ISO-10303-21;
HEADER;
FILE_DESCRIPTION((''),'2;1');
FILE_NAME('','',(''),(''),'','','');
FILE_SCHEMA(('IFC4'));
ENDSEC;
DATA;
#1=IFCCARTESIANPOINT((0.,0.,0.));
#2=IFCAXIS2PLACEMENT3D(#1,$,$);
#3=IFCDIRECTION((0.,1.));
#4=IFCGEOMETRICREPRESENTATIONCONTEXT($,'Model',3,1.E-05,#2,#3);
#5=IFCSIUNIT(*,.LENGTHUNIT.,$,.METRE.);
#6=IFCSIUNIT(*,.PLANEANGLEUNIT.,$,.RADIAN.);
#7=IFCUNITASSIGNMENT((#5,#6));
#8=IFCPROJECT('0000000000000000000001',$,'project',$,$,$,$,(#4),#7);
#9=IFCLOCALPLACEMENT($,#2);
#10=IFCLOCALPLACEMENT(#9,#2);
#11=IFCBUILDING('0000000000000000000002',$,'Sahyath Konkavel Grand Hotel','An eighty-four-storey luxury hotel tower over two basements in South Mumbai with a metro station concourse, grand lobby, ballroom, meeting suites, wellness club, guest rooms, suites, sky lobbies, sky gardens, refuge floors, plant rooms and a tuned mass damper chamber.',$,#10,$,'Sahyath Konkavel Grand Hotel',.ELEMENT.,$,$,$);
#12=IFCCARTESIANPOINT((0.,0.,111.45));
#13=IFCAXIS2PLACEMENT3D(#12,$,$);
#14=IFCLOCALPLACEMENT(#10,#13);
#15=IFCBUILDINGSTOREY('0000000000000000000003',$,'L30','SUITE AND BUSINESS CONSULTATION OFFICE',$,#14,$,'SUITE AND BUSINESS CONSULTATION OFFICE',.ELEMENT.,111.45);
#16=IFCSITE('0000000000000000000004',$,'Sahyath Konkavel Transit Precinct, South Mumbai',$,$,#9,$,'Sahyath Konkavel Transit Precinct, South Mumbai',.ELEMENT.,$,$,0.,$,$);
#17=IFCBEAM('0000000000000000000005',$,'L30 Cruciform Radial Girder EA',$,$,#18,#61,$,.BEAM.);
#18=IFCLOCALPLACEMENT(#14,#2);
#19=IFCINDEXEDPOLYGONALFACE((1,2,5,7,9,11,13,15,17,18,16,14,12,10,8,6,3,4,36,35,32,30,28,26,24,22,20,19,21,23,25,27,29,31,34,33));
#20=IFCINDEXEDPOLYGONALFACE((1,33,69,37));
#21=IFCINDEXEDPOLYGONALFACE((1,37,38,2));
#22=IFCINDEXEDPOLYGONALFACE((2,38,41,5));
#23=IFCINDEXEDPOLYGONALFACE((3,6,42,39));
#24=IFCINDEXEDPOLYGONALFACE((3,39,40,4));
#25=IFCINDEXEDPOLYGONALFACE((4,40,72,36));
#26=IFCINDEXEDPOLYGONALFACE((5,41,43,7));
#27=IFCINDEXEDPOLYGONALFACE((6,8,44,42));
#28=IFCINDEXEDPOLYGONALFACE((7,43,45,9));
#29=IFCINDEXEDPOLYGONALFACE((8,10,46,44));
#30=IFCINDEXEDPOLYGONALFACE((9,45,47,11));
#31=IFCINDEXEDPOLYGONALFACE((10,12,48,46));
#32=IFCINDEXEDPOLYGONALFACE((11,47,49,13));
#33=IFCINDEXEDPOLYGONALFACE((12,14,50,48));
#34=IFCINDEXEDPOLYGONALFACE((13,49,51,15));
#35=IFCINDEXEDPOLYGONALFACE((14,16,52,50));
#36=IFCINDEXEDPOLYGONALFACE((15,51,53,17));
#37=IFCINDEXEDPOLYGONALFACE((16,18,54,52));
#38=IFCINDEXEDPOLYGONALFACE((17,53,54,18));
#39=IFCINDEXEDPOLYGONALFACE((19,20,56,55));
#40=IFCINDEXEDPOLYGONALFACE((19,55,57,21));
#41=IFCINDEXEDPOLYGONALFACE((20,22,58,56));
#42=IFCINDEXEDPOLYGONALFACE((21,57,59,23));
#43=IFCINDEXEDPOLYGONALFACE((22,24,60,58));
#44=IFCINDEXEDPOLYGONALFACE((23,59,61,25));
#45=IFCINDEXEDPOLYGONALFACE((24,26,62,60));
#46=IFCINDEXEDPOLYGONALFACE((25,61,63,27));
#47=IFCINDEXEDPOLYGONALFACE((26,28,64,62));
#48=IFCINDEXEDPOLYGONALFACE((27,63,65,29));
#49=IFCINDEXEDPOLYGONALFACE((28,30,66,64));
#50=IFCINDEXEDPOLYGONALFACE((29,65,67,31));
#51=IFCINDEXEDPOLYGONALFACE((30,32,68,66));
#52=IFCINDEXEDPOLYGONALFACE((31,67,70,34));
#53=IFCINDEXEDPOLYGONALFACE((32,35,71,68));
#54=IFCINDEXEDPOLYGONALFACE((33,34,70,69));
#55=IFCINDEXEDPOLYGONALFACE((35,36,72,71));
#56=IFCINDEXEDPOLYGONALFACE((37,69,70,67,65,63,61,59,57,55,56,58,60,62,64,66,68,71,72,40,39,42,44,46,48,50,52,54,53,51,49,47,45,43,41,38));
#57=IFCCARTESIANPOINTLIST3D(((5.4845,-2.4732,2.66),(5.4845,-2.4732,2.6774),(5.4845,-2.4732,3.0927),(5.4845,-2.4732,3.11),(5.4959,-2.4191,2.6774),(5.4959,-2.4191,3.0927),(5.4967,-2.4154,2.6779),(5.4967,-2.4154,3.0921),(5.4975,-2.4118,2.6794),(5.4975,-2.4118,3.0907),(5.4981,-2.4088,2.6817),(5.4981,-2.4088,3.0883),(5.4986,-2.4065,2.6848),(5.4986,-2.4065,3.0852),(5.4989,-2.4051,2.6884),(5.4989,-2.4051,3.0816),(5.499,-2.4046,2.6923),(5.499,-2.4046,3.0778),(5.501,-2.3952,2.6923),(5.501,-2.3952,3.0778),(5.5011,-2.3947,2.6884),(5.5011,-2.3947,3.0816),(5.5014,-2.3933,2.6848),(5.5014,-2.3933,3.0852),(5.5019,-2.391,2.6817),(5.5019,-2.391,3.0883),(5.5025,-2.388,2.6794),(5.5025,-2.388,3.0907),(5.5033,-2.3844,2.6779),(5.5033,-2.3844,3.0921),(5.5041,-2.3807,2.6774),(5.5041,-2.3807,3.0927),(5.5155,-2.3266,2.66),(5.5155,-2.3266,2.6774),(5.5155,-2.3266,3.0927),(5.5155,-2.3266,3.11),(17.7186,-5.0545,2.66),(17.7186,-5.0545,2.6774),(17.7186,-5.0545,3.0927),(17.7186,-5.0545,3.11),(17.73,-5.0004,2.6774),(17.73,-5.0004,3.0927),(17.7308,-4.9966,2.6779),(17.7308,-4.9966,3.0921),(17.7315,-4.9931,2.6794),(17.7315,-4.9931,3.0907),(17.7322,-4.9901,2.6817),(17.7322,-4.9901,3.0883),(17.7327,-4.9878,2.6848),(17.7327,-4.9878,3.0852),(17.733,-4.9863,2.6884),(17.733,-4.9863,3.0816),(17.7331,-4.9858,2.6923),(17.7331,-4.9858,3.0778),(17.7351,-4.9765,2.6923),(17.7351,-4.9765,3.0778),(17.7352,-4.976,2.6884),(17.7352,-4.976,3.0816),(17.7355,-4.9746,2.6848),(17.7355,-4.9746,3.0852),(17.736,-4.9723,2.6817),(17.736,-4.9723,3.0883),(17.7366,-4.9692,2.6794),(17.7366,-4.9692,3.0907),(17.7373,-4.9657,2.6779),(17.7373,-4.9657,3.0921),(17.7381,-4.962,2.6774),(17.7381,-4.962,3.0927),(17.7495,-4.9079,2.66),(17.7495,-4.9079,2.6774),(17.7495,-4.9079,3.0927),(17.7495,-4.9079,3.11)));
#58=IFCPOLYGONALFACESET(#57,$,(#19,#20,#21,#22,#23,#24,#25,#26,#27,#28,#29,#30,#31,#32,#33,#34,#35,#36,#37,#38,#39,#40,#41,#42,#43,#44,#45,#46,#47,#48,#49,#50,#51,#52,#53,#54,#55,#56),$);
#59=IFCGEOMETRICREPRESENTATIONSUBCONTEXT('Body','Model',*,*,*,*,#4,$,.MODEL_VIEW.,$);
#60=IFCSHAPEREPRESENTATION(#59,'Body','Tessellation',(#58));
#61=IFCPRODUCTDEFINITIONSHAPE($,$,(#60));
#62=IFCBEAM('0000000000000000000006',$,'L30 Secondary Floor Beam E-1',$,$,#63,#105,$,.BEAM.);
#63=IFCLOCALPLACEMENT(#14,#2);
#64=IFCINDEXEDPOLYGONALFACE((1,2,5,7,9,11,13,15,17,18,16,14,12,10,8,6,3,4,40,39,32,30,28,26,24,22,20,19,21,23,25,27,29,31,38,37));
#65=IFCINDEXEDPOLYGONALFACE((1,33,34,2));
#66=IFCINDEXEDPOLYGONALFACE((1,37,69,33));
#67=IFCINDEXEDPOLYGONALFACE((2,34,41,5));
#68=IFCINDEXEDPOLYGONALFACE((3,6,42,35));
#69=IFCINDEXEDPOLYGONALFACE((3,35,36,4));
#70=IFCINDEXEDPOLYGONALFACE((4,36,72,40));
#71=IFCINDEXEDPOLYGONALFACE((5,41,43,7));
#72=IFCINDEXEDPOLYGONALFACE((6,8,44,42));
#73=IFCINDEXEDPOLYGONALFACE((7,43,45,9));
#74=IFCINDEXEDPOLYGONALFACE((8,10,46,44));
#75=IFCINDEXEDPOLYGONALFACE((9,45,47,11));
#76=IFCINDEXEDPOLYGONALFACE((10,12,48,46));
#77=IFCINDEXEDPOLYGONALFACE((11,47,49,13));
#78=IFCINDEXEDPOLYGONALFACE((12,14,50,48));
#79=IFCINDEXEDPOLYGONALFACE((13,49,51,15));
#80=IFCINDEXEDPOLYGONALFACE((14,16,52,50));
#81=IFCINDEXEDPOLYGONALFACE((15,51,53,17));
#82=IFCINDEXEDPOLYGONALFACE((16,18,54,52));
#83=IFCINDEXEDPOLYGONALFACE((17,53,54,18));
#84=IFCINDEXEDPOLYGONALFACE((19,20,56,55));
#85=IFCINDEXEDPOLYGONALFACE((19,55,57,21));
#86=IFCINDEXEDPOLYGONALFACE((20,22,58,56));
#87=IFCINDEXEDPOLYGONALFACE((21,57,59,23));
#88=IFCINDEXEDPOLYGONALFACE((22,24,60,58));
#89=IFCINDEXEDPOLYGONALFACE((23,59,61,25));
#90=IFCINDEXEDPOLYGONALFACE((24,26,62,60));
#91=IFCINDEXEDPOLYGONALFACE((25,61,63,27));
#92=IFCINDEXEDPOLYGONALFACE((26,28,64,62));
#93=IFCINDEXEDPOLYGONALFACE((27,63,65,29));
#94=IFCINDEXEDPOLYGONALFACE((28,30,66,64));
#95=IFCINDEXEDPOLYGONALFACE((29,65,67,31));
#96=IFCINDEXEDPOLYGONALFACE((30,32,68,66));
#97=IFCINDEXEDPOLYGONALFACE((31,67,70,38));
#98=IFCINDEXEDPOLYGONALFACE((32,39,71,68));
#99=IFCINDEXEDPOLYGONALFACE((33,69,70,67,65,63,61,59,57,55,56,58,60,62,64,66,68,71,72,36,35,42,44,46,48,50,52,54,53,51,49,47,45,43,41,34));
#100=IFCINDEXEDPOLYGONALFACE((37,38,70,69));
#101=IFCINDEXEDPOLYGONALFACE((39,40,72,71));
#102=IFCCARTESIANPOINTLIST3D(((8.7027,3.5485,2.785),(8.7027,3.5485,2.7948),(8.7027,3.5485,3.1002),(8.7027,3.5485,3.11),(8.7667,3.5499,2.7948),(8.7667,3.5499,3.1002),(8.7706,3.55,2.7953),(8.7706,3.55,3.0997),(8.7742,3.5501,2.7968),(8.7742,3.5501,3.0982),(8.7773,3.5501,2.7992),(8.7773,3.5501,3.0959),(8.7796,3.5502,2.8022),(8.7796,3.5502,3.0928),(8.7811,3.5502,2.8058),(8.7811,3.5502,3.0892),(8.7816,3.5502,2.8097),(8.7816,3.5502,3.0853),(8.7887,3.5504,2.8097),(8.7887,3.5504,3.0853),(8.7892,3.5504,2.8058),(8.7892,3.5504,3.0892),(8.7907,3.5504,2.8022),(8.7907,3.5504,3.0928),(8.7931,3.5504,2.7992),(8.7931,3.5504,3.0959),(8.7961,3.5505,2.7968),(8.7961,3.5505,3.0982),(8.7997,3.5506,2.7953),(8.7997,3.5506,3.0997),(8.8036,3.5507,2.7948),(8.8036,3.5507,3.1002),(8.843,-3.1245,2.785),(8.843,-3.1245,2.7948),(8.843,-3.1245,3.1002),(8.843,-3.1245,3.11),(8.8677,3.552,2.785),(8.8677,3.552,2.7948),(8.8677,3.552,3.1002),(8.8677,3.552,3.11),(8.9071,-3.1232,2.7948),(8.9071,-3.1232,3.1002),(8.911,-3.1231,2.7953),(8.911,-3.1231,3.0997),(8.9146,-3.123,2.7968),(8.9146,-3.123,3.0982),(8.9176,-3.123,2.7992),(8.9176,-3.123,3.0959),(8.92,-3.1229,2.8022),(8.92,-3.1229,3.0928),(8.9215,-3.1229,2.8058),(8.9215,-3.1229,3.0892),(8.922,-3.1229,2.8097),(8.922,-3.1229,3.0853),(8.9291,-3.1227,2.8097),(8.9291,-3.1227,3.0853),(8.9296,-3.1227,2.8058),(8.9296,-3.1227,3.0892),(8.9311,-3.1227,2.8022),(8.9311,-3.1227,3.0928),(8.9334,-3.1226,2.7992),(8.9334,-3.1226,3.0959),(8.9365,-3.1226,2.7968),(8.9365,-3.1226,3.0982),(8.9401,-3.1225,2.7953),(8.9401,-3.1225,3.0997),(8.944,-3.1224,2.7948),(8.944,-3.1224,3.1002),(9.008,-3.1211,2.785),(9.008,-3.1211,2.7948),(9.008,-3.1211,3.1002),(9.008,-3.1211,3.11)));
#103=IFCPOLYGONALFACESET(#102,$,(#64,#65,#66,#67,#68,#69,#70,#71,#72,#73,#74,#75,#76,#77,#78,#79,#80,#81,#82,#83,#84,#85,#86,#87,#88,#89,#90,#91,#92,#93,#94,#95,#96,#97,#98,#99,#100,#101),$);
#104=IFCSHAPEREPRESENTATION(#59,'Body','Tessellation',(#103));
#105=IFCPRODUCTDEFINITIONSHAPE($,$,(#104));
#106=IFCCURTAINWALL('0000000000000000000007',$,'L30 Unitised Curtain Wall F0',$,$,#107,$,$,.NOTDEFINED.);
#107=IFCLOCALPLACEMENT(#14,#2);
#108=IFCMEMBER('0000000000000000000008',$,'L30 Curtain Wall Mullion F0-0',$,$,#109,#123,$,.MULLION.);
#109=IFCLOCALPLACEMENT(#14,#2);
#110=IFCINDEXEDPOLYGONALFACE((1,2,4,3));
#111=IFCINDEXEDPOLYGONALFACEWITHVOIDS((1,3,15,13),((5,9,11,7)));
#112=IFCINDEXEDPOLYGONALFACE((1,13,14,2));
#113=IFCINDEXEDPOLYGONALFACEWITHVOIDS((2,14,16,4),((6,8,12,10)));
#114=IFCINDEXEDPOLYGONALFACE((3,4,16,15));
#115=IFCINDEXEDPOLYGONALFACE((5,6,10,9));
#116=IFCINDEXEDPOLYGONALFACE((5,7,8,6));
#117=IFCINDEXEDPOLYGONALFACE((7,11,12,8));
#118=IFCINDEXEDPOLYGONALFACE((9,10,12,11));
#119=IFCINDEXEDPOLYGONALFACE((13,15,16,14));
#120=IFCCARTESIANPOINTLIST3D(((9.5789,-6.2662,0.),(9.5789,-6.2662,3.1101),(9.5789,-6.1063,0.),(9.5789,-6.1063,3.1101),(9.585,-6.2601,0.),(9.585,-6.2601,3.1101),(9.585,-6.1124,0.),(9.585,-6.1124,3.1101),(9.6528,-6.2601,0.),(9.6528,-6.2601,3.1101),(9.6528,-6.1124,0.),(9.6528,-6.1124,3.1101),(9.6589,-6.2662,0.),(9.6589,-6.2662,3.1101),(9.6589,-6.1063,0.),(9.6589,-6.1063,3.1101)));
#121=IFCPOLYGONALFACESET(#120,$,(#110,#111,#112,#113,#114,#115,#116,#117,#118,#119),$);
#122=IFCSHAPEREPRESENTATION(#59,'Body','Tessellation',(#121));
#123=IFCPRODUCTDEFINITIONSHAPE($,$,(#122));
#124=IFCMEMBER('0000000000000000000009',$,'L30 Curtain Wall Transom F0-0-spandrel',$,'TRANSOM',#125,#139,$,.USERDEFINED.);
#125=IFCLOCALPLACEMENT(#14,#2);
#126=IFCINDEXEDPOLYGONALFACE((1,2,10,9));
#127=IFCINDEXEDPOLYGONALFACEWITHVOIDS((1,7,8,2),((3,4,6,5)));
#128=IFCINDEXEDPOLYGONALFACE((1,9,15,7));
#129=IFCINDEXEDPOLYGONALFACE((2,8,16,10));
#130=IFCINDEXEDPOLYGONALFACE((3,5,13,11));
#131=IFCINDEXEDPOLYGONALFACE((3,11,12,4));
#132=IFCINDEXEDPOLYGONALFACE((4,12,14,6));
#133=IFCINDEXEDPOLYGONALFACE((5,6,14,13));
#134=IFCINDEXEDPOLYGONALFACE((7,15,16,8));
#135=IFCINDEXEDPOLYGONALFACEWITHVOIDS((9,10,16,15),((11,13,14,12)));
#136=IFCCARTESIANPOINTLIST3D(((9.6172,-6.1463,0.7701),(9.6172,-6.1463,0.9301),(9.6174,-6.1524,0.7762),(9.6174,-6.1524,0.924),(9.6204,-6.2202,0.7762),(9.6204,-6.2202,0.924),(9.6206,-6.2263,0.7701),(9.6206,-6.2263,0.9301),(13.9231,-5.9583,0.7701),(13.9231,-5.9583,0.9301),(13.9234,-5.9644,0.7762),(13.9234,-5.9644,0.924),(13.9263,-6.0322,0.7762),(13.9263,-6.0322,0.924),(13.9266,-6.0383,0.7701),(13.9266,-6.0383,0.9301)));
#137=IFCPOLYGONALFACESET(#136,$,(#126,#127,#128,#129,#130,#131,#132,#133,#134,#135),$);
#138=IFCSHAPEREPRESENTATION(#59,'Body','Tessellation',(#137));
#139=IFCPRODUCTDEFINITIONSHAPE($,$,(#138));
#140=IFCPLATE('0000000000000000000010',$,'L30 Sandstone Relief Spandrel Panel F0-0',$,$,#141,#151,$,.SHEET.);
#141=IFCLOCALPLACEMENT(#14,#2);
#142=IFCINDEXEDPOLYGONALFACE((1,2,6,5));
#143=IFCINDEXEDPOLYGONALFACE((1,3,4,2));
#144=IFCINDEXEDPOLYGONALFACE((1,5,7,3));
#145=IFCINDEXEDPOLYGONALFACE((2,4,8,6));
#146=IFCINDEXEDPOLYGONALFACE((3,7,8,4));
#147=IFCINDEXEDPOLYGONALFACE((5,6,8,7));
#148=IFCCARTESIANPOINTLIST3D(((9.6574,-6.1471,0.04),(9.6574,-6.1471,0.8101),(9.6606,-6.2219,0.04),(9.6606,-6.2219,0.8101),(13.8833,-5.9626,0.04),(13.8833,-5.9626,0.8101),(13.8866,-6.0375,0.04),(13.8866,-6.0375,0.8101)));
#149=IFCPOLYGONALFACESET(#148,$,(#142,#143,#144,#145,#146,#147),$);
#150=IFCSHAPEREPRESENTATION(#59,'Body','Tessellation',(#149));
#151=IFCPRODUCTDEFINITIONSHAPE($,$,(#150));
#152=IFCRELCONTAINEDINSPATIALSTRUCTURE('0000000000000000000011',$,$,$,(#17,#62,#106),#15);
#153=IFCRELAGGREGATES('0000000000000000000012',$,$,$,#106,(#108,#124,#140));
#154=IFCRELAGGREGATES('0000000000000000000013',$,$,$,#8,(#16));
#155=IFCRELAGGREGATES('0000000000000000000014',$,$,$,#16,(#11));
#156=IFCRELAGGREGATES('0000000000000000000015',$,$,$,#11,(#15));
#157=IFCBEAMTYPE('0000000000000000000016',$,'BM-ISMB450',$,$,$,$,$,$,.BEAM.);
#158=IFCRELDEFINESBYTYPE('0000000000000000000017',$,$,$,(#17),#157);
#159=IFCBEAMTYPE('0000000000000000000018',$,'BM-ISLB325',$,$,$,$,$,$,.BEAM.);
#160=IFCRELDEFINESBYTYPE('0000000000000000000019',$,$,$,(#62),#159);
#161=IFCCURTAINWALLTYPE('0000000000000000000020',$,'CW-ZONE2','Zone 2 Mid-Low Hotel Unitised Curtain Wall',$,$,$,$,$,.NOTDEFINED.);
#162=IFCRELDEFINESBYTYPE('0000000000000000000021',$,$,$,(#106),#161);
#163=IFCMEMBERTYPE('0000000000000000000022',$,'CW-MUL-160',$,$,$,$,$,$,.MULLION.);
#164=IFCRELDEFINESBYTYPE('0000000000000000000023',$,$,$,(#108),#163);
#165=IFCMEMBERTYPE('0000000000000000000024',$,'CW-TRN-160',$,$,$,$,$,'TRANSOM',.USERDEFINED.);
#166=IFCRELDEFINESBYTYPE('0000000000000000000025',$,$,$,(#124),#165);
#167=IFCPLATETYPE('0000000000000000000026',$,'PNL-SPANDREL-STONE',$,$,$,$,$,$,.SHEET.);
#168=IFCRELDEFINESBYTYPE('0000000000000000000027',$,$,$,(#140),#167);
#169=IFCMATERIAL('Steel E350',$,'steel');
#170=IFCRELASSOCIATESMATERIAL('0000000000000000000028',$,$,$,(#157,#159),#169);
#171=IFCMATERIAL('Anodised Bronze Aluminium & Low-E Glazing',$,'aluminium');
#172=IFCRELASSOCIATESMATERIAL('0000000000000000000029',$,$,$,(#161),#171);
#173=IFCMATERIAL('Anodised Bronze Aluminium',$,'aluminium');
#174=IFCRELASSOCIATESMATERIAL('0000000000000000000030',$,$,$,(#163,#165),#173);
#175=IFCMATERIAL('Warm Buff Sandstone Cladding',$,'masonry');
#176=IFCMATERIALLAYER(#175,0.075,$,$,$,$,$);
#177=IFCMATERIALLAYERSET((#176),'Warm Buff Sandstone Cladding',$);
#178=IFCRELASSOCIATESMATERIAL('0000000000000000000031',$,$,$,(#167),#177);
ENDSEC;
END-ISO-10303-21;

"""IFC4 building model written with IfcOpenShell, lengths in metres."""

from ifc_helpers import new_model, si_unit, direction, frame, origin, origin_2d, place, context, subcontext, project, spatial, rectangle, hollow_rectangle, i_section, extrude, source, transform, mapped, material, layer, layer_set, material_profile, profile_set, type_object, element, aggregate, save


model = new_model("IFC4")

# Units and contexts
model_context = context("Model", 3, precision=1e-05, world=origin(), true_north=direction((0.0, 1.0)))
body_context = subcontext(model_context, "Body", "Model", "MODEL_VIEW")
ifc_project = project(units=[si_unit("LENGTHUNIT", "METRE"), si_unit("PLANEANGLEUNIT", "RADIAN")], contexts=[model_context])

# Site, building, storey
site_placement = place(None, origin())
site = spatial("IfcSite", under=ifc_project, at=site_placement, Name="Sahyath Konkavel Transit Precinct, South Mumbai", LongName="Sahyath Konkavel Transit Precinct, South Mumbai", CompositionType="ELEMENT", RefElevation=0.0)
building_placement = place(site_placement, origin())
building = spatial("IfcBuilding", under=site, at=building_placement, Name="Sahyath Konkavel Grand Hotel", Description="An eighty-four-storey luxury hotel tower over two basements in South Mumbai with a metro station concourse, grand lobby, ballroom, meeting suites, wellness club, guest rooms, suites, sky lobbies, sky gardens, refuge floors, plant rooms and a tuned mass damper chamber.", LongName="Sahyath Konkavel Grand Hotel", CompositionType="ELEMENT")
storey_placement = place(building_placement, frame((0.0, 0.0, 111.45)))
storey = spatial("IfcBuildingStorey", under=building, at=storey_placement, Name="L30", Description="SUITE AND BUSINESS CONSULTATION OFFICE", LongName="SUITE AND BUSINESS CONSULTATION OFFICE", CompositionType="ELEMENT", Elevation=111.45)

# Beams
ifc_material_1 = material(Name="Steel E350", Category="steel")
ifc_material_profile_1 = material_profile(ifc_material_1, i_section(OverallWidth=0.1499, OverallDepth=0.45, WebThickness=0.0095, FlangeThickness=0.0173, FilletRadius=0.0149, at=origin_2d()), Name="ISMB 450")
ifc_profile_set_1 = profile_set([ifc_material_profile_1], Name="Steel E350")
beam_type_1 = type_object("IfcBeamType", Name="BM-ISMB450", PredefinedType="BEAM", material=ifc_profile_set_1)
shared_shape_1 = source(origin(), body_context, "Body", "SweptSolid", [
    extrude(i_section(OverallWidth=0.1499, OverallDepth=0.45, WebThickness=0.0095, FlangeThickness=0.0173, FilletRadius=0.0149, at=origin_2d()), origin(), (0.0, 0.0, 1.0), 12.5034),
])
beam_1_placement = place(storey_placement, frame((5.5, -2.3999, 2.885), z_axis=(0.978458, -0.206446, 0.0), x_axis=(0.206446, 0.978458, 0.0)))
element("IfcBeam", 1, at=beam_1_placement, inside=storey, type_object=beam_type_1, Name="L30 Cruciform Radial Girder EA", PredefinedType="BEAM", context=body_context, shape_type="MappedRepresentation", body=[
    mapped(shared_shape_1, transform((0.0, 0.0, 0.0), scale=1.0)),
])
ifc_material_profile_2 = material_profile(ifc_material_1, i_section(OverallWidth=0.165, OverallDepth=0.325, WebThickness=0.0071, FlangeThickness=0.0098, FilletRadius=0.0149, at=origin_2d()), Name="ISLB 325")
ifc_profile_set_2 = profile_set([ifc_material_profile_2], Name="Steel E350")
beam_type_2 = type_object("IfcBeamType", Name="BM-ISLB325", PredefinedType="BEAM", material=ifc_profile_set_2)
shared_shape_2 = source(origin(), body_context, "Body", "SweptSolid", [
    extrude(i_section(OverallWidth=0.165, OverallDepth=0.325, WebThickness=0.0071, FlangeThickness=0.0098, FilletRadius=0.0149, at=origin_2d()), origin(), (0.0, 0.0, 1.0), 6.6746),
])
beam_2_placement = place(storey_placement, frame((8.9255, -3.1228, 2.9475), z_axis=(-0.021032, 0.999779, 0.0), x_axis=(-0.999779, -0.021032, 0.0)))
element("IfcBeam", 2, at=beam_2_placement, inside=storey, type_object=beam_type_2, Name="L30 Secondary Floor Beam E-1", PredefinedType="BEAM", context=body_context, shape_type="MappedRepresentation", body=[
    mapped(shared_shape_2, transform((0.0, 0.0, 0.0), scale=1.0)),
])

# Curtain wall, members, plate
ifc_material_2 = material(Name="Anodised Bronze Aluminium & Low-E Glazing", Category="aluminium")
curtain_wall_type = type_object("IfcCurtainWallType", Name="CW-ZONE2", Description="Zone 2 Mid-Low Hotel Unitised Curtain Wall", PredefinedType="NOTDEFINED", material=ifc_material_2)
curtain_wall_placement = place(storey_placement, origin())
curtain_wall = element("IfcCurtainWall", 3, at=curtain_wall_placement, inside=storey, type_object=curtain_wall_type, Name="L30 Unitised Curtain Wall F0", PredefinedType="NOTDEFINED")
ifc_material_3 = material(Name="Anodised Bronze Aluminium", Category="aluminium")
ifc_material_profile_3 = material_profile(ifc_material_3, hollow_rectangle(XDim=0.0801, YDim=0.1599, WallThickness=0.0061, at=origin_2d()), Name="RHS 160x80x6")
ifc_profile_set_3 = profile_set([ifc_material_profile_3], Name="Anodised Bronze Aluminium")
member_type_1 = type_object("IfcMemberType", Name="CW-MUL-160", PredefinedType="MULLION", material=ifc_profile_set_3)
shared_shape_3 = source(origin(), body_context, "Body", "SweptSolid", [
    extrude(hollow_rectangle(XDim=0.0801, YDim=0.1599, WallThickness=0.0061, at=origin_2d()), origin(), (0.0, 0.0, 1.0), 3.1101),
])
member_1_placement = place(storey_placement, frame((9.6189, -6.1863, 0.0), z_axis=(0.0, 0.0, 1.0), x_axis=(1.0, 0.0, 0.0)))
member_1 = element("IfcMember", 4, at=member_1_placement, type_object=member_type_1, Name="L30 Curtain Wall Mullion F0-0", PredefinedType="MULLION", context=body_context, shape_type="MappedRepresentation", body=[
    mapped(shared_shape_3, transform((0.0, 0.0, 0.0), scale=1.0)),
])
ifc_material_profile_4 = material_profile(ifc_material_3, hollow_rectangle(XDim=0.0801, YDim=0.1599, WallThickness=0.0061, at=origin_2d()), Name="RHS 160x80x6")
ifc_profile_set_4 = profile_set([ifc_material_profile_4], Name="Anodised Bronze Aluminium")
member_type_2 = type_object("IfcMemberType", Name="CW-TRN-160", ElementType="TRANSOM", PredefinedType="USERDEFINED", material=ifc_profile_set_4)
shared_shape_4 = source(origin(), body_context, "Body", "SweptSolid", [
    extrude(hollow_rectangle(XDim=0.0801, YDim=0.1599, WallThickness=0.0061, at=origin_2d()), origin(), (0.0, 0.0, 1.0), 4.3101),
])
member_2_placement = place(storey_placement, frame((9.6189, -6.1863, 0.8501), z_axis=(0.999048, 0.043617, 0.0), x_axis=(-0.043617, 0.999048, 0.0)))
member_2 = element("IfcMember", 5, at=member_2_placement, type_object=member_type_2, Name="L30 Curtain Wall Transom F0-0-spandrel", ObjectType="TRANSOM", PredefinedType="USERDEFINED", context=body_context, shape_type="MappedRepresentation", body=[
    mapped(shared_shape_4, transform((0.0, 0.0, 0.0), scale=1.0)),
])
ifc_material_4 = material(Name="Warm Buff Sandstone Cladding", Category="masonry")
ifc_layer_1 = layer(ifc_material_4, 0.075)
ifc_layer_set_1 = layer_set([ifc_layer_1], Name="Warm Buff Sandstone Cladding")
plate_type = type_object("IfcPlateType", Name="PNL-SPANDREL-STONE", PredefinedType="SHEET", material=ifc_layer_set_1)
shared_shape_5 = source(origin(), body_context, "Body", "SweptSolid", [
    extrude(rectangle(XDim=4.23, YDim=0.075, at=origin_2d()), origin(), (0.0, 0.0, 1.0), 0.77),
])
plate_placement = place(storey_placement, frame((11.772, -6.0923, 0.04), z_axis=(0.0, 0.0, 1.0), x_axis=(0.999049, 0.043602, 0.0)))
plate = element("IfcPlate", 6, at=plate_placement, type_object=plate_type, Name="L30 Sandstone Relief Spandrel Panel F0-0", PredefinedType="SHEET", context=body_context, shape_type="MappedRepresentation", body=[
    mapped(shared_shape_5, transform((0.0, 0.0, 0.0), scale=1.0)),
])
aggregate(curtain_wall, [member_1, member_2, plate])

save(model, "model.ifc")
